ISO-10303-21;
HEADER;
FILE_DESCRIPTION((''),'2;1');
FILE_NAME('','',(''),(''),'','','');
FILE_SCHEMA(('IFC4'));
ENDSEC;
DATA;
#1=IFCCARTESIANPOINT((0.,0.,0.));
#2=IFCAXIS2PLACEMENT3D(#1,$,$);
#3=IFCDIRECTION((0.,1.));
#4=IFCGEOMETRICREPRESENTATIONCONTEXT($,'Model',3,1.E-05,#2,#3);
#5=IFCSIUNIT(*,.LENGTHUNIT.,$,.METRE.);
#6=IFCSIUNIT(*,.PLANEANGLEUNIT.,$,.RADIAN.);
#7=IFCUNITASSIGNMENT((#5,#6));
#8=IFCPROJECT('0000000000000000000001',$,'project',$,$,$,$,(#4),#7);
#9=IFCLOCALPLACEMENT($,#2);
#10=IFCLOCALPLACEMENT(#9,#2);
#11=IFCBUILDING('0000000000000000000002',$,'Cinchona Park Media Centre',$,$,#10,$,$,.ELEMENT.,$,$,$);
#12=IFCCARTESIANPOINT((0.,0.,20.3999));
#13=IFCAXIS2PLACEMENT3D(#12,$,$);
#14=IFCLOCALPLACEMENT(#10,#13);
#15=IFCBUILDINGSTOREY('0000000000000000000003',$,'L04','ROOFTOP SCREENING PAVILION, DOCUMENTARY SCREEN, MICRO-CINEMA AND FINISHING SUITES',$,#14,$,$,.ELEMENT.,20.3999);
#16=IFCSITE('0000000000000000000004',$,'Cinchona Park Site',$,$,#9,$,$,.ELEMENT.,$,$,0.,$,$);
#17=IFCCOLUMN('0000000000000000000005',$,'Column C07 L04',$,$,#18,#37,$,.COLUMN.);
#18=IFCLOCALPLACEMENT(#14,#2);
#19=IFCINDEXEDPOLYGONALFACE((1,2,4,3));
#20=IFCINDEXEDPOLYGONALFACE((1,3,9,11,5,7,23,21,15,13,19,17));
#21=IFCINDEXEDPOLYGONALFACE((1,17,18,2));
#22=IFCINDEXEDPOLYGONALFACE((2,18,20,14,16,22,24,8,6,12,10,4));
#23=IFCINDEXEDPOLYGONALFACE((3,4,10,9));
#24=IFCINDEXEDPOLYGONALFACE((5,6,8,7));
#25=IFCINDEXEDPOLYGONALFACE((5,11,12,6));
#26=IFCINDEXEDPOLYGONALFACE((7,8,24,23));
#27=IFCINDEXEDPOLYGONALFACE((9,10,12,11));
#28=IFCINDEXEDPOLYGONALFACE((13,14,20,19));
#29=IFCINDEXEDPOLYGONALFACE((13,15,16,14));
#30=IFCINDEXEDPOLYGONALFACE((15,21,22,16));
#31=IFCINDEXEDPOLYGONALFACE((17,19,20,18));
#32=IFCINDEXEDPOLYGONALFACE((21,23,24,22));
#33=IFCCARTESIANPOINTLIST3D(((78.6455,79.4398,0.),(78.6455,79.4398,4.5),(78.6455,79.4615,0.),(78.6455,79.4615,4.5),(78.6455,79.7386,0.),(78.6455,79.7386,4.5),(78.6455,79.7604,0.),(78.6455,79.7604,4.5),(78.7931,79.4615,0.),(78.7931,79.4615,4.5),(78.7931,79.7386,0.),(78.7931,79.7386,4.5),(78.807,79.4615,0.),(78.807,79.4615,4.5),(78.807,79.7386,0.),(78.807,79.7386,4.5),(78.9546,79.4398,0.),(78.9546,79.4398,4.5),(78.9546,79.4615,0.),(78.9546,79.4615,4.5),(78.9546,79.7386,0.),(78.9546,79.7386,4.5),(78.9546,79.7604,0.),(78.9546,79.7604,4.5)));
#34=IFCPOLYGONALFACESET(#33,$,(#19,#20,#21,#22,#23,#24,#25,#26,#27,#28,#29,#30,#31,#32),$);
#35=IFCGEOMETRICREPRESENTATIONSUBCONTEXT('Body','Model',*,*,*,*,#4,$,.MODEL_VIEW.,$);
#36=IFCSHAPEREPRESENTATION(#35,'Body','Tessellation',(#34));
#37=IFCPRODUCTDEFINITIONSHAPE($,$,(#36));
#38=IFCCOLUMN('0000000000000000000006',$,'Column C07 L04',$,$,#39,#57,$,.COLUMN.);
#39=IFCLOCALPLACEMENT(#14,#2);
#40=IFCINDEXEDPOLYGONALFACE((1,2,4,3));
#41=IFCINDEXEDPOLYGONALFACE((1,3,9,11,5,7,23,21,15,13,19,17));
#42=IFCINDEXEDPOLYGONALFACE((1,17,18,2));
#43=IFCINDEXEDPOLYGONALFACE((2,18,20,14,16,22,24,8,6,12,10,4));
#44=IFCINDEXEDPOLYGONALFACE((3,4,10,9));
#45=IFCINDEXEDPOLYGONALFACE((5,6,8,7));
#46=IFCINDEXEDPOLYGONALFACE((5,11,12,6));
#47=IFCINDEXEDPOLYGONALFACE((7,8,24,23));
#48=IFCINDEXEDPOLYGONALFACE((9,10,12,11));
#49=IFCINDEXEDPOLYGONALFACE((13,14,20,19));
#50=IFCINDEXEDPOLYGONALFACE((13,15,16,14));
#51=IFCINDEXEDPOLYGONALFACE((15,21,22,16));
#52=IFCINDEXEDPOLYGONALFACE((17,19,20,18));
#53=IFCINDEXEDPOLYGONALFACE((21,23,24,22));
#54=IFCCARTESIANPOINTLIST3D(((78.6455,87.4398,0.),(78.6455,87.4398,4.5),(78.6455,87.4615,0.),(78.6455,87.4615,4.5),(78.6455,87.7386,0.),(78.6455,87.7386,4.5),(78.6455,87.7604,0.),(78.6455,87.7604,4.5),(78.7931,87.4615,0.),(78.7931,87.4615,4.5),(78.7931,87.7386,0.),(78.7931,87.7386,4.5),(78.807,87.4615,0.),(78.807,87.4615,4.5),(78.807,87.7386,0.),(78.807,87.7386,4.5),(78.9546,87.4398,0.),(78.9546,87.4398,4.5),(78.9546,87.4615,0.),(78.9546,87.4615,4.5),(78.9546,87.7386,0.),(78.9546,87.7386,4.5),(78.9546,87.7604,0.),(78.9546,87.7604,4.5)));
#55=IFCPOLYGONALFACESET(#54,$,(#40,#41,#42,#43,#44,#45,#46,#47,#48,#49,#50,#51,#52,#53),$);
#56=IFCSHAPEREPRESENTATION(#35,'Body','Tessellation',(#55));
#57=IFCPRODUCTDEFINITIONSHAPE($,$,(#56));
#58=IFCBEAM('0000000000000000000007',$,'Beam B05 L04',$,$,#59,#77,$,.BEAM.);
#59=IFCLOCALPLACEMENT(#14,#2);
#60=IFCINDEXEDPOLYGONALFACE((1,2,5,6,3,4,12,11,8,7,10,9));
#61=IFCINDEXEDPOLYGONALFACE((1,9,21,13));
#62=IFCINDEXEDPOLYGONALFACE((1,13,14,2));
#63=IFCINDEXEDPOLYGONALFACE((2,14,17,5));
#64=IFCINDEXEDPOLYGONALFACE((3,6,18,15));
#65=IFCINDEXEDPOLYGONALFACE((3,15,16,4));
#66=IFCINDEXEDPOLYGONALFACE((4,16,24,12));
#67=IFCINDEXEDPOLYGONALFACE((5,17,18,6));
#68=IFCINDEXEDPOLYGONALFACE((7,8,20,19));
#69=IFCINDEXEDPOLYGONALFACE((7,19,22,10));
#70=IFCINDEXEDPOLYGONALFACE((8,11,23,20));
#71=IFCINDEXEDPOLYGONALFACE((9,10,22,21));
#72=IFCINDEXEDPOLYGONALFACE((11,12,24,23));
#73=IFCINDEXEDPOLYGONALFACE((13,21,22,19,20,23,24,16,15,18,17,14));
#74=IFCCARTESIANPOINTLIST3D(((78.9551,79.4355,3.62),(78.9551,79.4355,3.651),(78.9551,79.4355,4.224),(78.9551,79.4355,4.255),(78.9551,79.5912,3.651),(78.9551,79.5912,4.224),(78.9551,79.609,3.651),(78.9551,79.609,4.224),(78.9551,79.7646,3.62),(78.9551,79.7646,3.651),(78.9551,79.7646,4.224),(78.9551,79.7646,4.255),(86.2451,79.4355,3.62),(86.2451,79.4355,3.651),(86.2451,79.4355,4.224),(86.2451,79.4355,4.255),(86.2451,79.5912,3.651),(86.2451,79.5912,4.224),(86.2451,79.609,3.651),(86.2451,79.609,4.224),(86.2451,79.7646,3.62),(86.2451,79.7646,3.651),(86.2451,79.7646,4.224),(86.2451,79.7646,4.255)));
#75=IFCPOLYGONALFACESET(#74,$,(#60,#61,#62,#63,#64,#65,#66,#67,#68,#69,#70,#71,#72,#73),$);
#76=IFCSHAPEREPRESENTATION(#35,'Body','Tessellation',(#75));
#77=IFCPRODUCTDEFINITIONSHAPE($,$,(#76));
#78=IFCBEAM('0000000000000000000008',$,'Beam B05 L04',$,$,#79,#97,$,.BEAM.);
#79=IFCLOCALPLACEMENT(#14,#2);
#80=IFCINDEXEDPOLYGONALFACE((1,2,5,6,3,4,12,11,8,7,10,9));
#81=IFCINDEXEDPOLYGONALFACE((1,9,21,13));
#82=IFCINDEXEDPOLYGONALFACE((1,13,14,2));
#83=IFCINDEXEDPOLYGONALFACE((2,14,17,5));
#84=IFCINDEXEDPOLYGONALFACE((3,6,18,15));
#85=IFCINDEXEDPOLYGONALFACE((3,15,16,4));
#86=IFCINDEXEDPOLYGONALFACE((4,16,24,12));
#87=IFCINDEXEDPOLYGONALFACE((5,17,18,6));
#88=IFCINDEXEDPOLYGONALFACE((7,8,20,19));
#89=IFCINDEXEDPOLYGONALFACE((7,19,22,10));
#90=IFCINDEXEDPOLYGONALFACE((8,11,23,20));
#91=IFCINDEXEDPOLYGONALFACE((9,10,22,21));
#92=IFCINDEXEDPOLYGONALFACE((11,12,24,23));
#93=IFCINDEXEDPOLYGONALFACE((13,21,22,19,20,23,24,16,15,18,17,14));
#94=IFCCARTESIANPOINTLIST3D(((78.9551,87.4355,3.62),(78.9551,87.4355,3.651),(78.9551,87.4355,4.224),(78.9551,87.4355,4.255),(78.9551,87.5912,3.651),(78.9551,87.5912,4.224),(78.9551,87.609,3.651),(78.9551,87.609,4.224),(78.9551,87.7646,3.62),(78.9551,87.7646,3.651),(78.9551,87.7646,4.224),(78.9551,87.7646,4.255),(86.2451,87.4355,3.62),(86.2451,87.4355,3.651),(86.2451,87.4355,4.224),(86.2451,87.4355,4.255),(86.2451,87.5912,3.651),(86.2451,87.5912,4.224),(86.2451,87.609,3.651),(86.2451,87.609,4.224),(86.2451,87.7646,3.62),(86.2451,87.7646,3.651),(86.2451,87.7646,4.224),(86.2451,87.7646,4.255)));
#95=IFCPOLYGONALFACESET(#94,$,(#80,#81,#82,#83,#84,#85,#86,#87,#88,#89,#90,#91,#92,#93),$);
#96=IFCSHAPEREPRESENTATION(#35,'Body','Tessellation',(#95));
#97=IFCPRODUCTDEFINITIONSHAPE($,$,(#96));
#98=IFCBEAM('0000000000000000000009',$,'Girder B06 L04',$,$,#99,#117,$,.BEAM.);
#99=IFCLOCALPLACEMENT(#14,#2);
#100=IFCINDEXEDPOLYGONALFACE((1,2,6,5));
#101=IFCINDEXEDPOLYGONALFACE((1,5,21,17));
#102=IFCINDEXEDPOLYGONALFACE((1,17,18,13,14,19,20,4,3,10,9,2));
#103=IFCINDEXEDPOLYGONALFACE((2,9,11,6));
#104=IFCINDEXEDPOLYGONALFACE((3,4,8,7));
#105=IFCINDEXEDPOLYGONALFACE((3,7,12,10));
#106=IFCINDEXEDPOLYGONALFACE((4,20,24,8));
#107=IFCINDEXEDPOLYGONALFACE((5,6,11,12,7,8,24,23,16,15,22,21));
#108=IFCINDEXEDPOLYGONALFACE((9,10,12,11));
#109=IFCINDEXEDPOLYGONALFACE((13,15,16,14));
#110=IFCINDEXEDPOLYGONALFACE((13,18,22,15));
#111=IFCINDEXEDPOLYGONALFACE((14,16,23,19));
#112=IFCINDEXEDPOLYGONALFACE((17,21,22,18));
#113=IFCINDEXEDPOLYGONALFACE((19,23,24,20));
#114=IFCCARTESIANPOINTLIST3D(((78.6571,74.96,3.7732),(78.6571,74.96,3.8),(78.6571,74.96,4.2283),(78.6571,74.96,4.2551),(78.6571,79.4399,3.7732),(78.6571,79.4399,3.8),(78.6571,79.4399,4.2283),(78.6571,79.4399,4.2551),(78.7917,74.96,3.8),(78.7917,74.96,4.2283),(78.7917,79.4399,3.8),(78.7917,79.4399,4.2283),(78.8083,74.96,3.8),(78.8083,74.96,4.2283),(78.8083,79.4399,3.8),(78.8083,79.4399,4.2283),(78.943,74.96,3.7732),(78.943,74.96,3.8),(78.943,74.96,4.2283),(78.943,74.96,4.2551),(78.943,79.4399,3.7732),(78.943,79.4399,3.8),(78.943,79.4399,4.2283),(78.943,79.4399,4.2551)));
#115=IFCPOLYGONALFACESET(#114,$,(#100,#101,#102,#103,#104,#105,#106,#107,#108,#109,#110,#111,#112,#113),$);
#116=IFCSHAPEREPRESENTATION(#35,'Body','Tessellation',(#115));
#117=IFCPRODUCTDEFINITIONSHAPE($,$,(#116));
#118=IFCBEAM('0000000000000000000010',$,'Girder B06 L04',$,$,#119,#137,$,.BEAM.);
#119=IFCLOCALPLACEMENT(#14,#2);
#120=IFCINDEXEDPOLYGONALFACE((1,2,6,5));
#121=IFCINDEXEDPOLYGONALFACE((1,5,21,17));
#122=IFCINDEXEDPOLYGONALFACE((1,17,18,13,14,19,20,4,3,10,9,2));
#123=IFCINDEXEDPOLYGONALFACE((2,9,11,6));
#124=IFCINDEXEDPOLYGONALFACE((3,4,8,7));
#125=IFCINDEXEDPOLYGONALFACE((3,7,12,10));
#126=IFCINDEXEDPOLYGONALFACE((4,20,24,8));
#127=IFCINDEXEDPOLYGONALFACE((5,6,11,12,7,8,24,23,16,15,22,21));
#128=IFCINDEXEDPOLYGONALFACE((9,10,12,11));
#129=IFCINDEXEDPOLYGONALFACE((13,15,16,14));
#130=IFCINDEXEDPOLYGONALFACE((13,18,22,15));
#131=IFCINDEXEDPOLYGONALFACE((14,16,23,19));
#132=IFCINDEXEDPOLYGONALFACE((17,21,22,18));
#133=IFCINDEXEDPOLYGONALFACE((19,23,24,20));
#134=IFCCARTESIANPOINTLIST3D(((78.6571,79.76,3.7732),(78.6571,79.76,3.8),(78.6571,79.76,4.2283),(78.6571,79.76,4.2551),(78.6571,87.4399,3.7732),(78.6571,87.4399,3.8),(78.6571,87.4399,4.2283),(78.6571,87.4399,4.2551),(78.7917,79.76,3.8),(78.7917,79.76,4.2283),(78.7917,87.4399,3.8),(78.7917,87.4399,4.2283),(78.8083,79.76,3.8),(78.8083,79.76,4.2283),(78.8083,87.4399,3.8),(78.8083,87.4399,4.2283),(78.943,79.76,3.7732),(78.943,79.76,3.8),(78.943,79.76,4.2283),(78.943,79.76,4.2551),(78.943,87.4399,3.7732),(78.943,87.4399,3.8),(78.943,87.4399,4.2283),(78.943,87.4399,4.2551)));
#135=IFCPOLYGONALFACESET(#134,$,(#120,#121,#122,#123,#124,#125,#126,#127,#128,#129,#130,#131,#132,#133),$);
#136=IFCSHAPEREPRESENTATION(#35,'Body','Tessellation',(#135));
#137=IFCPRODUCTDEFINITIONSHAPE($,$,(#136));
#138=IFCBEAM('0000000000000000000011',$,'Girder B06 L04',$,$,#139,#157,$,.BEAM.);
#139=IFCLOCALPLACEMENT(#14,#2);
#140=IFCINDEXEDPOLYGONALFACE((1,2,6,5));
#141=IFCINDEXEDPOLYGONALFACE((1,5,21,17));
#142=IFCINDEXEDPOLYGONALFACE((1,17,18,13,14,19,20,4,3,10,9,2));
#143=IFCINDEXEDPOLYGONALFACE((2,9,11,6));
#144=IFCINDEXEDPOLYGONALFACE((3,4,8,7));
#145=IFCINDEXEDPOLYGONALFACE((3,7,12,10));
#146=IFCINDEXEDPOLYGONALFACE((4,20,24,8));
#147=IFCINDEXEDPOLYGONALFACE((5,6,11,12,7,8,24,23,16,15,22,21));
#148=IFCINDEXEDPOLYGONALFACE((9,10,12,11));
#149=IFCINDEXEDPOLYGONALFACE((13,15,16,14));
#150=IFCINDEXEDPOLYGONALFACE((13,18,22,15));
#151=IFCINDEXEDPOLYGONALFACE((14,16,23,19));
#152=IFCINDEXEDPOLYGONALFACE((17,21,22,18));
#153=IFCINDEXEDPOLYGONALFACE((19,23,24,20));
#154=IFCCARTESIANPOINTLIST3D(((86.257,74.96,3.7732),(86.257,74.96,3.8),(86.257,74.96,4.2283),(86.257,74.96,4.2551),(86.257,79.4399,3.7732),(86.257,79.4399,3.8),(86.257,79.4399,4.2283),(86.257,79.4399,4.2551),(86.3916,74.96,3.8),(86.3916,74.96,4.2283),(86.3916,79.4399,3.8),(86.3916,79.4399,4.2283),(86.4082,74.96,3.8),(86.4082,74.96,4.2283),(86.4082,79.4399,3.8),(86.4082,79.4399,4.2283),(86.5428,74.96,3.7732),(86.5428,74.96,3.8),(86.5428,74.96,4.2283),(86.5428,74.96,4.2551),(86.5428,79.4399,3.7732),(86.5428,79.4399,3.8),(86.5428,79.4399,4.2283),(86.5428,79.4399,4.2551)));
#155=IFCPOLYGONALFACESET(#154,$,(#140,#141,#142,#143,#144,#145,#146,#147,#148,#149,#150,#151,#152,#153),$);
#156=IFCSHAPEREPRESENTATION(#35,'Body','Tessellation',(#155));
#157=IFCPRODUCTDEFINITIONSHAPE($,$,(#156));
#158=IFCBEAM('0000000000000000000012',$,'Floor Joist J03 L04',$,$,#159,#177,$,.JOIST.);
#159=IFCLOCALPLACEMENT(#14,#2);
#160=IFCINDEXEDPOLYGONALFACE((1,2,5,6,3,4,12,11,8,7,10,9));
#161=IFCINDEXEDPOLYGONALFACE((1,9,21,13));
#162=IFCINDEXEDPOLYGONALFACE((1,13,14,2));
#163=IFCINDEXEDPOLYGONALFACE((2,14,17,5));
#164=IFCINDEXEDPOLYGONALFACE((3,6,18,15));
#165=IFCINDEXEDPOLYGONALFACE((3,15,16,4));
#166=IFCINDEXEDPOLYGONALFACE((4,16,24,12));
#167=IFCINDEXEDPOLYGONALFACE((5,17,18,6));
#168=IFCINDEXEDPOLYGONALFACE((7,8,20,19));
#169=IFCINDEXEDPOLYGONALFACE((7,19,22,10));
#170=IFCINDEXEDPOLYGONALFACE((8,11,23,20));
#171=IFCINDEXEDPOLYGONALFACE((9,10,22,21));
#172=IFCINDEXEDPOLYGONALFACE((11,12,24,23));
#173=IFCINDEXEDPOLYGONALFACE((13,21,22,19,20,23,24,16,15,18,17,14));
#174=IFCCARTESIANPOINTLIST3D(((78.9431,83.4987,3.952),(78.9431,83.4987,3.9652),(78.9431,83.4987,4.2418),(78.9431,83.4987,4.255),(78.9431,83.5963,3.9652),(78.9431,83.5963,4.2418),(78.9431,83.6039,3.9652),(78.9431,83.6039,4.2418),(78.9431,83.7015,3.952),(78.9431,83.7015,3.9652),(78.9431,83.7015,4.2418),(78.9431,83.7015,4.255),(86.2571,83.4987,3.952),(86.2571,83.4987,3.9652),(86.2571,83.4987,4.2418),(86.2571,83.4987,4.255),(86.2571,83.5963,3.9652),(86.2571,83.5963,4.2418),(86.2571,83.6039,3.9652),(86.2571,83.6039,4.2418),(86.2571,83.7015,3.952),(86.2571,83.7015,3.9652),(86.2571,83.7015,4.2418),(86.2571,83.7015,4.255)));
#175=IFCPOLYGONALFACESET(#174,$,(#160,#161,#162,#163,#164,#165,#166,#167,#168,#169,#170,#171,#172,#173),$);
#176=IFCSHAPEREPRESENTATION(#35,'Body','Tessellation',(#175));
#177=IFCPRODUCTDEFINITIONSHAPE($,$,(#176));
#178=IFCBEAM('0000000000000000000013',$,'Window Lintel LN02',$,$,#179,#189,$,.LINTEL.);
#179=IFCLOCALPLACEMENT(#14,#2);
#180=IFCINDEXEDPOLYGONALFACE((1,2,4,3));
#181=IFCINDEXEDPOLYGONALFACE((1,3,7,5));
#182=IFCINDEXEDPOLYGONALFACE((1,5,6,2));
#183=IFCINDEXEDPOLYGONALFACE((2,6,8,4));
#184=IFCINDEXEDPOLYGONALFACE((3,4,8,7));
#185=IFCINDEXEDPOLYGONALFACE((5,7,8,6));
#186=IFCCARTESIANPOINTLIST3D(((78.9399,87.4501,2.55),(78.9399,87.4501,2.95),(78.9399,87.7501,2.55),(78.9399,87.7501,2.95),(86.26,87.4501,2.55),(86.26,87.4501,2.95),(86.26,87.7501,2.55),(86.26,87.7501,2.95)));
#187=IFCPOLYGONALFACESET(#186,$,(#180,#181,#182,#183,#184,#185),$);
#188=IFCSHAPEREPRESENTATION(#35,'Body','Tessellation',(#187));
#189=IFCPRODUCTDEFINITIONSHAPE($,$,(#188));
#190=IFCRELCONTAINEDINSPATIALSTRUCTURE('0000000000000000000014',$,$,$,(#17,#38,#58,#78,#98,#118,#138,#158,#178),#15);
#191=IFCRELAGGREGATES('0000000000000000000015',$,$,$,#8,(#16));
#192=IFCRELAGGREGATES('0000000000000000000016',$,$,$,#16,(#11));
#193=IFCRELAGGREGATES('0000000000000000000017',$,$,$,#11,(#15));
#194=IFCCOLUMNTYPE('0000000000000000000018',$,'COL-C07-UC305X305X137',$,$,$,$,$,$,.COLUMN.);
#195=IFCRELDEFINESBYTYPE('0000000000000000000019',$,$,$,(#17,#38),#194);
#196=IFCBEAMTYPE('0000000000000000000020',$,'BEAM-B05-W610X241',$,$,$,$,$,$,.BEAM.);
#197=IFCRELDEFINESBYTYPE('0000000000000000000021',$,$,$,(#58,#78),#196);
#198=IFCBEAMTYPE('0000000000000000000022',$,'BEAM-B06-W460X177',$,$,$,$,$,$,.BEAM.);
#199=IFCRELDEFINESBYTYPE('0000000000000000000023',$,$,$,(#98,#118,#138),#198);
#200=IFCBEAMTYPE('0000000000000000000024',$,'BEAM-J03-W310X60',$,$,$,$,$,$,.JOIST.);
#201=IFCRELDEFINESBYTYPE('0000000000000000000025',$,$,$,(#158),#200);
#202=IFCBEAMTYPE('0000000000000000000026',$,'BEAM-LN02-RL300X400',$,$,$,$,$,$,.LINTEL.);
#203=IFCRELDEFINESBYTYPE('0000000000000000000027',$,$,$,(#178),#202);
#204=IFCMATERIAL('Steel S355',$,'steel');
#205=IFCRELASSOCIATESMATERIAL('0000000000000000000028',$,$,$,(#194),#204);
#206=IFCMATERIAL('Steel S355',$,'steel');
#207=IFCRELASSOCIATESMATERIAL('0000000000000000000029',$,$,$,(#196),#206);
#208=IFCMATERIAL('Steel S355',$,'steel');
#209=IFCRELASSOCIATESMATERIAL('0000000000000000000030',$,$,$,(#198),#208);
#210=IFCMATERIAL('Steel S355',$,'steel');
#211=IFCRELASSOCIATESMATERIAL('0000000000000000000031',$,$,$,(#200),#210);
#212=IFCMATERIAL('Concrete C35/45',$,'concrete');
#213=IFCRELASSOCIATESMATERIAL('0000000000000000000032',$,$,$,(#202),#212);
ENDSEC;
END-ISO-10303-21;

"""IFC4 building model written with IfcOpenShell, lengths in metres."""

from ifc_helpers import new_model, si_unit, direction, frame, origin, origin_2d, place, context, subcontext, project, spatial, rectangle, i_section, extrude, material, material_profile, profile_set, type_object, element, save


model = new_model("IFC4")

# Units and contexts
model_context = context("Model", 3, precision=1e-05, world=origin(), true_north=direction((0.0, 1.0)))
body_context = subcontext(model_context, "Body", "Model", "MODEL_VIEW")
ifc_project = project(units=[si_unit("LENGTHUNIT", "METRE"), si_unit("PLANEANGLEUNIT", "RADIAN")], contexts=[model_context])

# Site, building, storey
site_placement = place(None, origin())
site = spatial("IfcSite", under=ifc_project, at=site_placement, Name="Cinchona Park Site", CompositionType="ELEMENT", RefElevation=0.0)
building_placement = place(site_placement, origin())
building = spatial("IfcBuilding", under=site, at=building_placement, Name="Cinchona Park Media Centre", CompositionType="ELEMENT")
storey_placement = place(building_placement, frame((0.0, 0.0, 20.3999)))
storey = spatial("IfcBuildingStorey", under=building, at=storey_placement, Name="L04", Description="ROOFTOP SCREENING PAVILION, DOCUMENTARY SCREEN, MICRO-CINEMA AND FINISHING SUITES", CompositionType="ELEMENT", Elevation=20.3999)

# Columns
ifc_material_1 = material(Name="Steel S355", Category="steel")
ifc_material_profile_1 = material_profile(ifc_material_1, i_section(OverallWidth=0.3091, OverallDepth=0.3206, WebThickness=0.0139, FlangeThickness=0.0217, at=origin_2d()), Name="UC305X305X137")
ifc_profile_set_1 = profile_set([ifc_material_profile_1], Name="Steel S355")
column_type = type_object("IfcColumnType", Name="COL-C07-UC305X305X137", PredefinedType="COLUMN", material=ifc_profile_set_1)
for number, where, z_axis, x_axis, name in (
    (1, (78.8, 79.6001, 0.0), (0.0, 0.0, 1.0), (1.0, 0.0, 0.0), "Column C07 L04"),
    (2, (78.8, 87.6001, 0.0), (0.0, 0.0, 1.0), (1.0, 0.0, 0.0), "Column C07 L04"),
):
    element("IfcColumn", number, at=place(storey_placement, frame(where, z_axis=z_axis, x_axis=x_axis)), inside=storey, type_object=column_type, Name=name, PredefinedType="COLUMN", context=body_context, shape_type="SweptSolid", body=[
        extrude(i_section(OverallWidth=0.3091, OverallDepth=0.3206, WebThickness=0.0139, FlangeThickness=0.0217, at=origin_2d()), origin(), (0.0, 0.0, 1.0), 4.5),
    ])

# Beams
ifc_material_2 = material(Name="Steel S355", Category="steel")
ifc_material_profile_2 = material_profile(ifc_material_2, i_section(OverallWidth=0.3291, OverallDepth=0.635, WebThickness=0.0178, FlangeThickness=0.031, at=origin_2d()), Name="W610X241")
ifc_profile_set_2 = profile_set([ifc_material_profile_2], Name="Steel S355")
beam_type_1 = type_object("IfcBeamType", Name="BEAM-B05-W610X241", PredefinedType="BEAM", material=ifc_profile_set_2)
for number, where, z_axis, x_axis, name in (
    (3, (78.9551, 79.6001, 3.9375), (1.0, 0.0, 0.0), (0.0, 1.0, 0.0), "Beam B05 L04"),
    (4, (78.9551, 87.6001, 3.9375), (1.0, 0.0, 0.0), (0.0, 1.0, 0.0), "Beam B05 L04"),
):
    element("IfcBeam", number, at=place(storey_placement, frame(where, z_axis=z_axis, x_axis=x_axis)), inside=storey, type_object=beam_type_1, Name=name, PredefinedType="BEAM", context=body_context, shape_type="SweptSolid", body=[
        extrude(i_section(OverallWidth=0.3291, OverallDepth=0.635, WebThickness=0.0178, FlangeThickness=0.031, at=origin_2d()), origin(), (0.0, 0.0, 1.0), 7.29),
    ])
ifc_material_3 = material(Name="Steel S355", Category="steel")
ifc_material_profile_3 = material_profile(ifc_material_3, i_section(OverallWidth=0.2859, OverallDepth=0.4819, WebThickness=0.0166, FlangeThickness=0.0269, at=origin_2d()), Name="W460X177")
ifc_profile_set_3 = profile_set([ifc_material_profile_3], Name="Steel S355")
beam_type_2 = type_object("IfcBeamType", Name="BEAM-B06-W460X177", PredefinedType="BEAM", material=ifc_profile_set_3)
beam_1_placement = place(storey_placement, frame((78.8, 74.96, 4.0142), z_axis=(0.0, 1.0, 0.0), x_axis=(-1.0, 0.0, 0.0)))
element("IfcBeam", 5, at=beam_1_placement, inside=storey, type_object=beam_type_2, Name="Girder B06 L04", PredefinedType="BEAM", context=body_context, shape_type="SweptSolid", body=[
    extrude(i_section(OverallWidth=0.2859, OverallDepth=0.4819, WebThickness=0.0166, FlangeThickness=0.0269, at=origin_2d()), origin(), (0.0, 0.0, 1.0), 4.48),
])
beam_2_placement = place(storey_placement, frame((78.8, 79.76, 4.0142), z_axis=(0.0, 1.0, 0.0), x_axis=(-1.0, 0.0, 0.0)))
element("IfcBeam", 6, at=beam_2_placement, inside=storey, type_object=beam_type_2, Name="Girder B06 L04", PredefinedType="BEAM", context=body_context, shape_type="SweptSolid", body=[
    extrude(i_section(OverallWidth=0.2859, OverallDepth=0.4819, WebThickness=0.0166, FlangeThickness=0.0269, at=origin_2d()), origin(), (0.0, 0.0, 1.0), 7.6799),
])
beam_3_placement = place(storey_placement, frame((86.3999, 74.96, 4.0142), z_axis=(0.0, 1.0, 0.0), x_axis=(-1.0, 0.0, 0.0)))
element("IfcBeam", 7, at=beam_3_placement, inside=storey, type_object=beam_type_2, Name="Girder B06 L04", PredefinedType="BEAM", context=body_context, shape_type="SweptSolid", body=[
    extrude(i_section(OverallWidth=0.2859, OverallDepth=0.4819, WebThickness=0.0166, FlangeThickness=0.0269, at=origin_2d()), origin(), (0.0, 0.0, 1.0), 4.48),
])
ifc_material_4 = material(Name="Steel S355", Category="steel")
ifc_material_profile_4 = material_profile(ifc_material_4, i_section(OverallWidth=0.2029, OverallDepth=0.303, WebThickness=0.0076, FlangeThickness=0.0132, at=origin_2d()), Name="W310X60")
ifc_profile_set_4 = profile_set([ifc_material_profile_4], Name="Steel S355")
beam_type_3 = type_object("IfcBeamType", Name="BEAM-J03-W310X60", PredefinedType="JOIST", material=ifc_profile_set_4)
beam_4_placement = place(storey_placement, frame((78.9431, 83.6001, 4.1035), z_axis=(1.0, 0.0, 0.0), x_axis=(0.0, 1.0, 0.0)))
element("IfcBeam", 8, at=beam_4_placement, inside=storey, type_object=beam_type_3, Name="Floor Joist J03 L04", PredefinedType="JOIST", context=body_context, shape_type="SweptSolid", body=[
    extrude(i_section(OverallWidth=0.2029, OverallDepth=0.303, WebThickness=0.0076, FlangeThickness=0.0132, at=origin_2d()), origin(), (0.0, 0.0, 1.0), 7.314),
])
ifc_material_5 = material(Name="Concrete C35/45", Category="concrete")
ifc_material_profile_5 = material_profile(ifc_material_5, rectangle(XDim=0.3, YDim=0.3999, at=origin_2d()), Name="RL 300X400")
ifc_profile_set_5 = profile_set([ifc_material_profile_5], Name="Concrete C35/45")
beam_type_4 = type_object("IfcBeamType", Name="BEAM-LN02-RL300X400", PredefinedType="LINTEL", material=ifc_profile_set_5)
beam_5_placement = place(storey_placement, frame((78.9399, 87.6001, 2.75), z_axis=(1.0, 0.0, 0.0), x_axis=(0.0, 1.0, 0.0)))
element("IfcBeam", 9, at=beam_5_placement, inside=storey, type_object=beam_type_4, Name="Window Lintel LN02", PredefinedType="LINTEL", context=body_context, shape_type="SweptSolid", body=[
    extrude(rectangle(XDim=0.3, YDim=0.3999, at=origin_2d()), origin(), (0.0, 0.0, 1.0), 7.3201),
])

save(model, "model.ifc")
